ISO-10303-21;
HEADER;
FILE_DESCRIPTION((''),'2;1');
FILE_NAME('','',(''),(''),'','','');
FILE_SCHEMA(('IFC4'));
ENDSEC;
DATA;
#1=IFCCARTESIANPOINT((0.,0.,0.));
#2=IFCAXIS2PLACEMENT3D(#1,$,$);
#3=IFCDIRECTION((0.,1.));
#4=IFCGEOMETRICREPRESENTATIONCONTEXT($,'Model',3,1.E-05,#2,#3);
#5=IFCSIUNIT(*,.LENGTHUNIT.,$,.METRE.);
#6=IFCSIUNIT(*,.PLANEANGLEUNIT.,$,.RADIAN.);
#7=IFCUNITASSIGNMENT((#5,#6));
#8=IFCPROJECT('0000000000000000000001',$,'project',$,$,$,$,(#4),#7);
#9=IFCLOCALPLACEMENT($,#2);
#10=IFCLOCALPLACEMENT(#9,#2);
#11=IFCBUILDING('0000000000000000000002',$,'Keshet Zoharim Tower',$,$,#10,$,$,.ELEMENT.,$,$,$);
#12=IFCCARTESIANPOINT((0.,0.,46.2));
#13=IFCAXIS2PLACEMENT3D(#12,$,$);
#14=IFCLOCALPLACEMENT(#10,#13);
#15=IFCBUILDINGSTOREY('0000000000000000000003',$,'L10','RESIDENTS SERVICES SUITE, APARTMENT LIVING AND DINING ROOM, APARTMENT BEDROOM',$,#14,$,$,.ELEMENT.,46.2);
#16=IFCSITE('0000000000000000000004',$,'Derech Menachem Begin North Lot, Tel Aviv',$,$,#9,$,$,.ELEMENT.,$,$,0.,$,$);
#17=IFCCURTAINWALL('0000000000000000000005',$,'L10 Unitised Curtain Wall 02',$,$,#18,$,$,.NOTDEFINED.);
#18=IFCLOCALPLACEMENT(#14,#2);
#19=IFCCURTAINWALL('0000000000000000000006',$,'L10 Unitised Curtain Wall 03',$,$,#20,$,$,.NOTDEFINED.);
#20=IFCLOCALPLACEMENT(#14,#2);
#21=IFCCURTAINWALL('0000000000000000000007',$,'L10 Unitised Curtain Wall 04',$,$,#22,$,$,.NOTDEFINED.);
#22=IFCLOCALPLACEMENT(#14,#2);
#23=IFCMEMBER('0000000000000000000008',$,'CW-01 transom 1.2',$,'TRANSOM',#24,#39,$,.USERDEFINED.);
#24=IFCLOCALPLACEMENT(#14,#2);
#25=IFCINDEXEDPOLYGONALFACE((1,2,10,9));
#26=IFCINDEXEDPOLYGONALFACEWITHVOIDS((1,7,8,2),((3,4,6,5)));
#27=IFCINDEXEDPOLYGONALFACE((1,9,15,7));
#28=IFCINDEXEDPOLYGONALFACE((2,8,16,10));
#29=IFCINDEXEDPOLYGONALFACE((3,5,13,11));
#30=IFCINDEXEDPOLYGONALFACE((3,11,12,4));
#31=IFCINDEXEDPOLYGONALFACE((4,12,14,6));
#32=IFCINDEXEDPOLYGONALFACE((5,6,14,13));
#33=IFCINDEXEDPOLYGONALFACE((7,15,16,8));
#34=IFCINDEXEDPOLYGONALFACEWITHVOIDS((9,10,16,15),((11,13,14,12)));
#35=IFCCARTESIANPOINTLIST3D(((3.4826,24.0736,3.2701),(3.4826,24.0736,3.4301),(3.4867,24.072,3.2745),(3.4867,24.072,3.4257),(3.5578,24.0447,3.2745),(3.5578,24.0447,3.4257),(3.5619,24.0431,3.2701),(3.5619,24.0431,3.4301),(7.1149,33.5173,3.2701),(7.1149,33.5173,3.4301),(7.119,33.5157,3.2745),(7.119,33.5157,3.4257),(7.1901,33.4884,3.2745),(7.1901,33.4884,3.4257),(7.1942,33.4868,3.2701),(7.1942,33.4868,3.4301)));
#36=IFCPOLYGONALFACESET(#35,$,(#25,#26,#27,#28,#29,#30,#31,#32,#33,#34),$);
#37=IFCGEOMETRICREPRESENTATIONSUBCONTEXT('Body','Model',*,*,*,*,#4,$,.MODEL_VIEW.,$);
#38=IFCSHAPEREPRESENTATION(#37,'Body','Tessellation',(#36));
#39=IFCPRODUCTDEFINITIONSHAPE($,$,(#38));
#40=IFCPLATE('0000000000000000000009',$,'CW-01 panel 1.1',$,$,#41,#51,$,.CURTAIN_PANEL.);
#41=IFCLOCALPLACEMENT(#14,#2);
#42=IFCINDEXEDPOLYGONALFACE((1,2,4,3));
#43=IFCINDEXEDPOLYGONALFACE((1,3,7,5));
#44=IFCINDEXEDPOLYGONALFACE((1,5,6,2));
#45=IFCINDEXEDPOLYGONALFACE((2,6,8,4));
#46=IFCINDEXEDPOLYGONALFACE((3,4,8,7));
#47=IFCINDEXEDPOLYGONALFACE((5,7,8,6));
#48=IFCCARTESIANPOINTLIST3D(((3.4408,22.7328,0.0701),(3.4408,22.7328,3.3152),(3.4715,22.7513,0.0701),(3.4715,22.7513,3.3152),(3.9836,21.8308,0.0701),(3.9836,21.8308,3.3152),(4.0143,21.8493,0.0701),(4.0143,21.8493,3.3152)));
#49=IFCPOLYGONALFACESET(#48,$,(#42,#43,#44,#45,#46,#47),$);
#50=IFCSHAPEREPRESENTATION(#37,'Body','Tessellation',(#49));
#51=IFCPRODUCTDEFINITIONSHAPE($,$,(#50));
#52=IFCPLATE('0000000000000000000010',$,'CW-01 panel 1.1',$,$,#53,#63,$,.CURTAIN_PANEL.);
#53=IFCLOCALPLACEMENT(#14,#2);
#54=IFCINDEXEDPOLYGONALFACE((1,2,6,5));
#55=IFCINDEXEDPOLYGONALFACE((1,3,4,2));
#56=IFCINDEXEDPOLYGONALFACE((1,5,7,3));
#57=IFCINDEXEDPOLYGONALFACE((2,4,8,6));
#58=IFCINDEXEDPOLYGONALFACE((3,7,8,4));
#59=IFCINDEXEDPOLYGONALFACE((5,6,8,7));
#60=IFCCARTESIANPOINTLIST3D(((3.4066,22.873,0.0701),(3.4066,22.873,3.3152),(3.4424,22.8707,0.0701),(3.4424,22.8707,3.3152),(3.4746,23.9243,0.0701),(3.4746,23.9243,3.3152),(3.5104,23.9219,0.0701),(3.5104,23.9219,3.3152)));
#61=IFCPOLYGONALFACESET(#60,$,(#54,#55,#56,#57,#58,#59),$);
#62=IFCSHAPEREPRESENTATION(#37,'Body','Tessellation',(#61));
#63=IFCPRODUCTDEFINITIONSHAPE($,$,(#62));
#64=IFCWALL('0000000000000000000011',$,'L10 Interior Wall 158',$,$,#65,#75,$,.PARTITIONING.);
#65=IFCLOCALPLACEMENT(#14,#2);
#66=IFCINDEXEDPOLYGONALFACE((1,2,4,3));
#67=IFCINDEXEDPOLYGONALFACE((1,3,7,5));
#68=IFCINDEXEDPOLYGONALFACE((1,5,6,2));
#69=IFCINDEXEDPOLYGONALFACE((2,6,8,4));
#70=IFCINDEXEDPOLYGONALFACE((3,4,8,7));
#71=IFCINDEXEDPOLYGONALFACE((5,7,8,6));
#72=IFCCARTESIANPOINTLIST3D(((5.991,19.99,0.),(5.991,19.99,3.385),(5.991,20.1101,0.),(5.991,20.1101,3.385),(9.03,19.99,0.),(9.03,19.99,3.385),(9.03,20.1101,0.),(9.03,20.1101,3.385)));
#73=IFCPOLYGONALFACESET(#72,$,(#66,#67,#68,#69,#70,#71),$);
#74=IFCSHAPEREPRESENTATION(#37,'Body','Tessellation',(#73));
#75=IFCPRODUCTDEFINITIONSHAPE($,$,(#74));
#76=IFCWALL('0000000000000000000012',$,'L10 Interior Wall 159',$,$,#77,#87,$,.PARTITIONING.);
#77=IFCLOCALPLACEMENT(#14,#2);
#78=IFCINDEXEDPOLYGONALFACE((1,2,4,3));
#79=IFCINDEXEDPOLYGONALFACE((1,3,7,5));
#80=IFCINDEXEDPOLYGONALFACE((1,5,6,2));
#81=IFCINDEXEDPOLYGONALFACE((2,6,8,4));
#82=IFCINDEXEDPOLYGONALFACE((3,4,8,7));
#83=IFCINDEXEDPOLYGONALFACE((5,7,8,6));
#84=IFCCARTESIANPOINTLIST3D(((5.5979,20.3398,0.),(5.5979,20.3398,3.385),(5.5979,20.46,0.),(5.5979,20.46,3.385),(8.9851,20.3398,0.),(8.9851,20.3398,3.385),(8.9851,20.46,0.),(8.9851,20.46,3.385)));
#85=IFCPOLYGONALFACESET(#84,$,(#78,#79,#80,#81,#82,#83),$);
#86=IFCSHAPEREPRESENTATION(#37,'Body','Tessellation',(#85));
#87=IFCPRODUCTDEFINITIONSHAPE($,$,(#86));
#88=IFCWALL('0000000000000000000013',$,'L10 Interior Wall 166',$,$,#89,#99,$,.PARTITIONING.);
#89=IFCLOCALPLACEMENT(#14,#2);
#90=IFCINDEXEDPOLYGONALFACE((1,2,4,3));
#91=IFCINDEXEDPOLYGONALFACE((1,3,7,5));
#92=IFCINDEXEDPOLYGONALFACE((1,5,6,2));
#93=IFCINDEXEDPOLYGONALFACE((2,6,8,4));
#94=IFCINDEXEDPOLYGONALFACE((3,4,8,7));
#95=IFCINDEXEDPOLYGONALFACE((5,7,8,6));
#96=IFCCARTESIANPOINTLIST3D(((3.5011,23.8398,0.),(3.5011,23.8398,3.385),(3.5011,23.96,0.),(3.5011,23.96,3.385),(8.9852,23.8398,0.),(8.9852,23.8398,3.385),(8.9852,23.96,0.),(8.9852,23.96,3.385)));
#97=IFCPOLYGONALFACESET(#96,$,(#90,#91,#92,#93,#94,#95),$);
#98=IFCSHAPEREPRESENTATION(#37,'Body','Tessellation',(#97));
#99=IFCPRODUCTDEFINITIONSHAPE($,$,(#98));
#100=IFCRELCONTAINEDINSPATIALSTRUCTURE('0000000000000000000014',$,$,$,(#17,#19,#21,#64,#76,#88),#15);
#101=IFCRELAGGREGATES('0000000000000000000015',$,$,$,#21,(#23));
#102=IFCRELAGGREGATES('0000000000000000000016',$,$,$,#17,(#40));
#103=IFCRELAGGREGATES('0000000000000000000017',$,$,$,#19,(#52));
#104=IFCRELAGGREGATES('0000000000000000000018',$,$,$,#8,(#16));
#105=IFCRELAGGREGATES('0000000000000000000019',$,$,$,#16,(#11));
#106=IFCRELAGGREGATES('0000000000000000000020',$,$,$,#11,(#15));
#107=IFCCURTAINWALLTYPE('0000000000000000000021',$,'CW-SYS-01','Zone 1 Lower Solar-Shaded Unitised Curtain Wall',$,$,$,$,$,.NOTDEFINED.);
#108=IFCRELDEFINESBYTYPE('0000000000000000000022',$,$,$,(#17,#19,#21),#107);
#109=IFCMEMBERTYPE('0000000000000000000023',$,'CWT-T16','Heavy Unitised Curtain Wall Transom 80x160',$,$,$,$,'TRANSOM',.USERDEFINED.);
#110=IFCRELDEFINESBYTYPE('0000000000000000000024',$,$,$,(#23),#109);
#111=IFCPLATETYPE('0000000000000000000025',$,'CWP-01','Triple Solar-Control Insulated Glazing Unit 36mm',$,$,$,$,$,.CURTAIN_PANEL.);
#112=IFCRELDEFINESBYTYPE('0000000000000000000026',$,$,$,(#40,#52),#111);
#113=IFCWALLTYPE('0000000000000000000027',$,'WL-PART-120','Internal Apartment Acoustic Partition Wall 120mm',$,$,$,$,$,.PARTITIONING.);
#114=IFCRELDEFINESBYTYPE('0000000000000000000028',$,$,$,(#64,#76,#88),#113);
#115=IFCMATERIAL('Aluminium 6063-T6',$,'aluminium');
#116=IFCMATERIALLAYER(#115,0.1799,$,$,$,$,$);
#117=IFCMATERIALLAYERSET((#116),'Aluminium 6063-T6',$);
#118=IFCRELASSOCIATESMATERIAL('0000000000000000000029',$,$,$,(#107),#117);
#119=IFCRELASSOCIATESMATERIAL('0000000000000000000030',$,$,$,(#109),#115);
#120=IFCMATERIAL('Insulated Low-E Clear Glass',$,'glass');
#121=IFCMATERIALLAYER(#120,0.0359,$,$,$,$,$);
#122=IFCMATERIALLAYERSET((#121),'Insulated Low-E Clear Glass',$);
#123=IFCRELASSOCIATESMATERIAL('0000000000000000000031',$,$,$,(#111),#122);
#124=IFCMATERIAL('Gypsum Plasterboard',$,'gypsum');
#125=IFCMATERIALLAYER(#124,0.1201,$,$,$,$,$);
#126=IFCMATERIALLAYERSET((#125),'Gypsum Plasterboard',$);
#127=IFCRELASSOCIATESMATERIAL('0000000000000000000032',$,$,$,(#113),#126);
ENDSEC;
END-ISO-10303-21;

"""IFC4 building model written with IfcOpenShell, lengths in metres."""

from ifc_helpers import new_model, si_unit, direction, frame, frame_2d, origin, origin_2d, place, context, subcontext, project, spatial, rectangle, hollow_rectangle, extrude, material, layer, layer_set, material_profile, profile_set, type_object, element, aggregate, save


model = new_model("IFC4")

# Units and contexts
model_context = context("Model", 3, precision=1e-05, world=origin(), true_north=direction((0.0, 1.0)))
body_context = subcontext(model_context, "Body", "Model", "MODEL_VIEW")
ifc_project = project(units=[si_unit("LENGTHUNIT", "METRE"), si_unit("PLANEANGLEUNIT", "RADIAN")], contexts=[model_context])

# Site, building, storey
site_placement = place(None, origin())
site = spatial("IfcSite", under=ifc_project, at=site_placement, Name="Derech Menachem Begin North Lot, Tel Aviv", CompositionType="ELEMENT", RefElevation=0.0)
building_placement = place(site_placement, origin())
building = spatial("IfcBuilding", under=site, at=building_placement, Name="Keshet Zoharim Tower", CompositionType="ELEMENT")
storey_placement = place(building_placement, frame((0.0, 0.0, 46.2)))
storey = spatial("IfcBuildingStorey", under=building, at=storey_placement, Name="L10", Description="RESIDENTS SERVICES SUITE, APARTMENT LIVING AND DINING ROOM, APARTMENT BEDROOM", CompositionType="ELEMENT", Elevation=46.2)

# Shared definitions
ifc_material_1 = material(Name="Aluminium 6063-T6", Category="aluminium")
ifc_layer_1 = layer(ifc_material_1, 0.1799)
ifc_layer_set_1 = layer_set([ifc_layer_1], Name="Aluminium 6063-T6")
curtain_wall_type = type_object("IfcCurtainWallType", Name="CW-SYS-01", Description="Zone 1 Lower Solar-Shaded Unitised Curtain Wall", PredefinedType="NOTDEFINED", material=ifc_layer_set_1)

# Curtain walls
curtain_wall_1_placement = place(storey_placement, origin())
curtain_wall_1 = element("IfcCurtainWall", 1, at=curtain_wall_1_placement, inside=storey, type_object=curtain_wall_type, Name="L10 Unitised Curtain Wall 02", PredefinedType="NOTDEFINED")
curtain_wall_2_placement = place(storey_placement, origin())
curtain_wall_2 = element("IfcCurtainWall", 2, at=curtain_wall_2_placement, inside=storey, type_object=curtain_wall_type, Name="L10 Unitised Curtain Wall 03", PredefinedType="NOTDEFINED")

# Curtain wall
curtain_wall_3_placement = place(storey_placement, origin())
curtain_wall_3 = element("IfcCurtainWall", 3, at=curtain_wall_3_placement, inside=storey, type_object=curtain_wall_type, Name="L10 Unitised Curtain Wall 04", PredefinedType="NOTDEFINED")

# Member
ifc_material_profile_1 = material_profile(ifc_material_1, hollow_rectangle(XDim=0.085, YDim=0.1599, WallThickness=0.0044, at=origin_2d()), Name="TRN-85x160")
ifc_profile_set_1 = profile_set([ifc_material_profile_1], Name="Aluminium 6063-T6")
member_type_1 = type_object("IfcMemberType", Name="CWT-T16", Description="Heavy Unitised Curtain Wall Transom 80x160", ElementType="TRANSOM", PredefinedType="USERDEFINED", material=ifc_profile_set_1)
member_1_placement = place(storey_placement, frame((3.5222, 24.0583, 3.3501), z_axis=(0.358994, 0.93334, 0.0), x_axis=(-0.93334, 0.358994, 0.0)))
member_1 = element("IfcMember", 4, at=member_1_placement, type_object=member_type_1, Name="CW-01 transom 1.2", ObjectType="TRANSOM", PredefinedType="USERDEFINED", context=body_context, shape_type="SweptSolid", body=[
    extrude(hollow_rectangle(XDim=0.085, YDim=0.1599, WallThickness=0.0044, at=origin_2d()), origin(), (0.0, 0.0, 1.0), 10.1182),
])
aggregate(curtain_wall_3, [member_1])

# Plates
ifc_material_2 = material(Name="Insulated Low-E Clear Glass", Category="glass")
ifc_layer_2 = layer(ifc_material_2, 0.0359)
ifc_layer_set_2 = layer_set([ifc_layer_2], Name="Insulated Low-E Clear Glass")
plate_type = type_object("IfcPlateType", Name="CWP-01", Description="Triple Solar-Control Insulated Glazing Unit 36mm", PredefinedType="CURTAIN_PANEL", material=ifc_layer_set_2)
plate_1_placement = place(storey_placement, frame((3.7275, 22.291, 0.0701), z_axis=(0.0, 0.0, 1.0), x_axis=(-0.515605, 0.856826, 0.0)))
plate_1 = element("IfcPlate", 5, at=plate_1_placement, type_object=plate_type, Name="CW-01 panel 1.1", PredefinedType="CURTAIN_PANEL", context=body_context, shape_type="SweptSolid", body=[
    extrude(rectangle(XDim=1.0527, YDim=0.0359, at=origin_2d()), origin(), (0.0, 0.0, 1.0), 3.2451),
])
aggregate(curtain_wall_1, [plate_1])
plate_2_placement = place(storey_placement, frame((3.4585, 23.3975, 0.0701), z_axis=(0.0, 0.0, 1.0), x_axis=(0.064517, 0.997917, 0.0)))
plate_2 = element("IfcPlate", 6, at=plate_2_placement, type_object=plate_type, Name="CW-01 panel 1.1", PredefinedType="CURTAIN_PANEL", context=body_context, shape_type="SweptSolid", body=[
    extrude(rectangle(XDim=1.0535, YDim=0.0359, at=origin_2d()), origin(), (0.0, 0.0, 1.0), 3.2451),
])
aggregate(curtain_wall_2, [plate_2])

# Shared definitions
ifc_material_3 = material(Name="Gypsum Plasterboard", Category="gypsum")
ifc_layer_3 = layer(ifc_material_3, 0.1201)
ifc_layer_set_3 = layer_set([ifc_layer_3], Name="Gypsum Plasterboard")
wall_type = type_object("IfcWallType", Name="WL-PART-120", Description="Internal Apartment Acoustic Partition Wall 120mm", PredefinedType="PARTITIONING", material=ifc_layer_set_3)

# Walls
wall_1_placement = place(storey_placement, frame((5.991, 20.05, 0.0), z_axis=(0.0, 0.0, 1.0), x_axis=(1.0, 0.0, 0.0)))
element("IfcWall", 7, at=wall_1_placement, inside=storey, type_object=wall_type, Name="L10 Interior Wall 158", PredefinedType="PARTITIONING", context=body_context, shape_type="SweptSolid", body=[
    extrude(rectangle(XDim=3.0391, YDim=0.1201, at=frame_2d((1.5195, 0.0))), origin(), (0.0, 0.0, 1.0), 3.385),
])
wall_2_placement = place(storey_placement, frame((5.5979, 20.3999, 0.0), z_axis=(0.0, 0.0, 1.0), x_axis=(1.0, 0.0, 0.0)))
element("IfcWall", 8, at=wall_2_placement, inside=storey, type_object=wall_type, Name="L10 Interior Wall 159", PredefinedType="PARTITIONING", context=body_context, shape_type="SweptSolid", body=[
    extrude(rectangle(XDim=3.3872, YDim=0.1201, at=frame_2d((1.6936, 0.0))), origin(), (0.0, 0.0, 1.0), 3.385),
])
wall_3_placement = place(storey_placement, frame((3.501, 23.8999, 0.0), z_axis=(0.0, 0.0, 1.0), x_axis=(1.0, 0.0, 0.0)))
element("IfcWall", 9, at=wall_3_placement, inside=storey, type_object=wall_type, Name="L10 Interior Wall 166", PredefinedType="PARTITIONING", context=body_context, shape_type="SweptSolid", body=[
    extrude(rectangle(XDim=5.4841, YDim=0.1201, at=frame_2d((2.7422, 0.0))), origin(), (0.0, 0.0, 1.0), 3.385),
])

save(model, "model.ifc")
